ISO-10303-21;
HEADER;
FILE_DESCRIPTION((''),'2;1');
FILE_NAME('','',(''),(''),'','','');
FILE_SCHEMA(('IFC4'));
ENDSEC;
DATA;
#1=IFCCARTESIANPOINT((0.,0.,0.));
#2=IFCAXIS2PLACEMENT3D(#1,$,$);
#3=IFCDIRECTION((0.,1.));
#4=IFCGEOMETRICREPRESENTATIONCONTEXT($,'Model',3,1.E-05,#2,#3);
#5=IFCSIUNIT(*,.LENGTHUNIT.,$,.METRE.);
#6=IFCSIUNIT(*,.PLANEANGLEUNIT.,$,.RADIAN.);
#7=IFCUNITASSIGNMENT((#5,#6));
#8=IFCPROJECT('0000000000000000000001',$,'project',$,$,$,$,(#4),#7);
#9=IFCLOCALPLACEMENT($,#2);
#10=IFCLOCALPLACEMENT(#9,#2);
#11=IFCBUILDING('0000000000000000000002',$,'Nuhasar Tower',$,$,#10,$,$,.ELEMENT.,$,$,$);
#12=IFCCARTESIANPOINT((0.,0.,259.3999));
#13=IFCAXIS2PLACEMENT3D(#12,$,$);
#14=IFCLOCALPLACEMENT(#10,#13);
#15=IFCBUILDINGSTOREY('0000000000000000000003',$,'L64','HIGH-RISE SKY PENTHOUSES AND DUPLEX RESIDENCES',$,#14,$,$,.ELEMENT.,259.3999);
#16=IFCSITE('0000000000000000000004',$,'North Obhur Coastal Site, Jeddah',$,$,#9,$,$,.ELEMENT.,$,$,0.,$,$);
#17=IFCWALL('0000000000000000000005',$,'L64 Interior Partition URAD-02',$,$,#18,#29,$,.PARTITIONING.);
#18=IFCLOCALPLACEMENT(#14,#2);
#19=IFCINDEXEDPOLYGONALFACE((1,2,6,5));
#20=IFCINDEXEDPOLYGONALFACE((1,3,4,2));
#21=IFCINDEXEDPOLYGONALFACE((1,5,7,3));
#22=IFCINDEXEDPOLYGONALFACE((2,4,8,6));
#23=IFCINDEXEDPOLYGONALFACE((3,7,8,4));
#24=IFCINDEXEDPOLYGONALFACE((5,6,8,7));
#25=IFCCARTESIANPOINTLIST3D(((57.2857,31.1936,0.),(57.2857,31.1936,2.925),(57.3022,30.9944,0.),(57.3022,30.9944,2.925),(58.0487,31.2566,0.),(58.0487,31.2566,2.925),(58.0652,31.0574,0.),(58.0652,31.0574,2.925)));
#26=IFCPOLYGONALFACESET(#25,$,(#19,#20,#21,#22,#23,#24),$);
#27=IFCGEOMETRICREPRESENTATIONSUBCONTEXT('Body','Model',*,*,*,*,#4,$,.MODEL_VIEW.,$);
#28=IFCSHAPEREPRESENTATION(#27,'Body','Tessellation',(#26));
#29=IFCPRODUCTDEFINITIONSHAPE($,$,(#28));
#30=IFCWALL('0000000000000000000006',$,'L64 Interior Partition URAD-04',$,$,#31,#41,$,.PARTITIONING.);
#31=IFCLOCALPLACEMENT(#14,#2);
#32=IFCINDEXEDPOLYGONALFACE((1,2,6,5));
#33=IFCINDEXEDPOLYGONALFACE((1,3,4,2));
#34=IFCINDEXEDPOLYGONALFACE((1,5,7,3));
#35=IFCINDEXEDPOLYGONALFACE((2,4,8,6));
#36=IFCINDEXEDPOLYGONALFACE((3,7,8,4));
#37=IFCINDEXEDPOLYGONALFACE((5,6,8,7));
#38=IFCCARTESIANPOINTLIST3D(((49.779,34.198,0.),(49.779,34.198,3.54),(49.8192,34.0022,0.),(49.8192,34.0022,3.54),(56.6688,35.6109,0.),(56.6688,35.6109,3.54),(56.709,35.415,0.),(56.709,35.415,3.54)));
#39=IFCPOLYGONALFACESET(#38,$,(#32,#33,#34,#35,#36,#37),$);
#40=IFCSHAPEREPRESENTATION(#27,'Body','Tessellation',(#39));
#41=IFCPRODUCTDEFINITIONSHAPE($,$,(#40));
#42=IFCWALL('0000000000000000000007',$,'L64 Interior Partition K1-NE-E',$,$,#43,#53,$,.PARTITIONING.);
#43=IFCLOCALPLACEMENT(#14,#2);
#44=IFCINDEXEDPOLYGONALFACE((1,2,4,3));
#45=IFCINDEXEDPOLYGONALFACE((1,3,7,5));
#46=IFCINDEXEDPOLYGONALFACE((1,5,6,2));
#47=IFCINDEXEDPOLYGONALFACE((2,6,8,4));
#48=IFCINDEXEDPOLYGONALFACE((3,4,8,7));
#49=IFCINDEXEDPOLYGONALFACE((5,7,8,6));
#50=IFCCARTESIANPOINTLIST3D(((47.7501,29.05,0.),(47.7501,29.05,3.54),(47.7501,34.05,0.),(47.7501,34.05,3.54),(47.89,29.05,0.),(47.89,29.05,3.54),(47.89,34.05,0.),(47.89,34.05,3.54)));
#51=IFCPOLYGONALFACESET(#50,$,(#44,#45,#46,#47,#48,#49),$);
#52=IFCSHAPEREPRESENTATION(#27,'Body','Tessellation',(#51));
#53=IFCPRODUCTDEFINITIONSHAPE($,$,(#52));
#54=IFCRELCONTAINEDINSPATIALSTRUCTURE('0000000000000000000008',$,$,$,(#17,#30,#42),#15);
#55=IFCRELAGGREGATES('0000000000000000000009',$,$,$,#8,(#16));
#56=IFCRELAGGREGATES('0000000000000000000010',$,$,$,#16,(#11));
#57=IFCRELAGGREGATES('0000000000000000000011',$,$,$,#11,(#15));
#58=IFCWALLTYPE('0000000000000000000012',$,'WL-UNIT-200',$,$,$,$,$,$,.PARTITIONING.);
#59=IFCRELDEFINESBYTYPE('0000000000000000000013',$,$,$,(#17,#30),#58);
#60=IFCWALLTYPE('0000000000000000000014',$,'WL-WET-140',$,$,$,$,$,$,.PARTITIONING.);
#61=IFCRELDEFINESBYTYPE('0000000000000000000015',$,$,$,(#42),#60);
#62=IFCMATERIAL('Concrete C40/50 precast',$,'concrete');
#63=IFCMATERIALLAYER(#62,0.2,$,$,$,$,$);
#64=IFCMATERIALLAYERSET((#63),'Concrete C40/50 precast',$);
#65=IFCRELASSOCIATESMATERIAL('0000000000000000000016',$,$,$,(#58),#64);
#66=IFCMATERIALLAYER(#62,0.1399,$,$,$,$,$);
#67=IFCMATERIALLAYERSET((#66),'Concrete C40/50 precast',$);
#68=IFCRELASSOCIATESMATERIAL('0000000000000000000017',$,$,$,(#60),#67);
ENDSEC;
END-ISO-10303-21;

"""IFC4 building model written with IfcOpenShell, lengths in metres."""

from ifc_helpers import new_model, si_unit, direction, frame, frame_2d, origin, place, context, subcontext, project, spatial, rectangle, extrude, material, layer, layer_set, type_object, element, save


model = new_model("IFC4")

# Units and contexts
model_context = context("Model", 3, precision=1e-05, world=origin(), true_north=direction((0.0, 1.0)))
body_context = subcontext(model_context, "Body", "Model", "MODEL_VIEW")
ifc_project = project(units=[si_unit("LENGTHUNIT", "METRE"), si_unit("PLANEANGLEUNIT", "RADIAN")], contexts=[model_context])

# Site, building, storey
site_placement = place(None, origin())
site = spatial("IfcSite", under=ifc_project, at=site_placement, Name="North Obhur Coastal Site, Jeddah", CompositionType="ELEMENT", RefElevation=0.0)
building_placement = place(site_placement, origin())
building = spatial("IfcBuilding", under=site, at=building_placement, Name="Nuhasar Tower", CompositionType="ELEMENT")
storey_placement = place(building_placement, frame((0.0, 0.0, 259.3999)))
storey = spatial("IfcBuildingStorey", under=building, at=storey_placement, Name="L64", Description="HIGH-RISE SKY PENTHOUSES AND DUPLEX RESIDENCES", CompositionType="ELEMENT", Elevation=259.3999)

# Walls
ifc_material_1 = material(Name="Concrete C40/50 precast", Category="concrete")
ifc_layer_1 = layer(ifc_material_1, 0.2)
ifc_layer_set_1 = layer_set([ifc_layer_1], Name="Concrete C40/50 precast")
wall_type_1 = type_object("IfcWallType", Name="WL-UNIT-200", PredefinedType="PARTITIONING", material=ifc_layer_set_1)
wall_1_placement = place(storey_placement, frame((57.2939, 31.094, 0.0), z_axis=(0.0, 0.0, 1.0), x_axis=(0.996609, 0.08228, 0.0)))
element("IfcWall", 1, at=wall_1_placement, inside=storey, type_object=wall_type_1, Name="L64 Interior Partition URAD-02", PredefinedType="PARTITIONING", context=body_context, shape_type="SweptSolid", body=[
    extrude(rectangle(XDim=0.7656, YDim=0.2, at=frame_2d((0.3828, 0.0))), origin(), (0.0, 0.0, 1.0), 2.925),
])
wall_2_placement = place(storey_placement, frame((49.7991, 34.1001, 0.0), z_axis=(0.0, 0.0, 1.0), x_axis=(0.979616, 0.20088, 0.0)))
element("IfcWall", 2, at=wall_2_placement, inside=storey, type_object=wall_type_1, Name="L64 Interior Partition URAD-04", PredefinedType="PARTITIONING", context=body_context, shape_type="SweptSolid", body=[
    extrude(rectangle(XDim=7.0332, YDim=0.2, at=frame_2d((3.5166, 0.0))), origin(), (0.0, 0.0, 1.0), 3.54),
])
ifc_layer_2 = layer(ifc_material_1, 0.1399)
ifc_layer_set_2 = layer_set([ifc_layer_2], Name="Concrete C40/50 precast")
wall_type_2 = type_object("IfcWallType", Name="WL-WET-140", PredefinedType="PARTITIONING", material=ifc_layer_set_2)
wall_3_placement = place(storey_placement, frame((47.8201, 29.05, 0.0), z_axis=(0.0, 0.0, 1.0), x_axis=(0.0, 1.0, 0.0)))
element("IfcWall", 3, at=wall_3_placement, inside=storey, type_object=wall_type_2, Name="L64 Interior Partition K1-NE-E", PredefinedType="PARTITIONING", context=body_context, shape_type="SweptSolid", body=[
    extrude(rectangle(XDim=5.0, YDim=0.1399, at=frame_2d((2.5, 0.0))), origin(), (0.0, 0.0, 1.0), 3.54),
])

save(model, "model.ifc")
